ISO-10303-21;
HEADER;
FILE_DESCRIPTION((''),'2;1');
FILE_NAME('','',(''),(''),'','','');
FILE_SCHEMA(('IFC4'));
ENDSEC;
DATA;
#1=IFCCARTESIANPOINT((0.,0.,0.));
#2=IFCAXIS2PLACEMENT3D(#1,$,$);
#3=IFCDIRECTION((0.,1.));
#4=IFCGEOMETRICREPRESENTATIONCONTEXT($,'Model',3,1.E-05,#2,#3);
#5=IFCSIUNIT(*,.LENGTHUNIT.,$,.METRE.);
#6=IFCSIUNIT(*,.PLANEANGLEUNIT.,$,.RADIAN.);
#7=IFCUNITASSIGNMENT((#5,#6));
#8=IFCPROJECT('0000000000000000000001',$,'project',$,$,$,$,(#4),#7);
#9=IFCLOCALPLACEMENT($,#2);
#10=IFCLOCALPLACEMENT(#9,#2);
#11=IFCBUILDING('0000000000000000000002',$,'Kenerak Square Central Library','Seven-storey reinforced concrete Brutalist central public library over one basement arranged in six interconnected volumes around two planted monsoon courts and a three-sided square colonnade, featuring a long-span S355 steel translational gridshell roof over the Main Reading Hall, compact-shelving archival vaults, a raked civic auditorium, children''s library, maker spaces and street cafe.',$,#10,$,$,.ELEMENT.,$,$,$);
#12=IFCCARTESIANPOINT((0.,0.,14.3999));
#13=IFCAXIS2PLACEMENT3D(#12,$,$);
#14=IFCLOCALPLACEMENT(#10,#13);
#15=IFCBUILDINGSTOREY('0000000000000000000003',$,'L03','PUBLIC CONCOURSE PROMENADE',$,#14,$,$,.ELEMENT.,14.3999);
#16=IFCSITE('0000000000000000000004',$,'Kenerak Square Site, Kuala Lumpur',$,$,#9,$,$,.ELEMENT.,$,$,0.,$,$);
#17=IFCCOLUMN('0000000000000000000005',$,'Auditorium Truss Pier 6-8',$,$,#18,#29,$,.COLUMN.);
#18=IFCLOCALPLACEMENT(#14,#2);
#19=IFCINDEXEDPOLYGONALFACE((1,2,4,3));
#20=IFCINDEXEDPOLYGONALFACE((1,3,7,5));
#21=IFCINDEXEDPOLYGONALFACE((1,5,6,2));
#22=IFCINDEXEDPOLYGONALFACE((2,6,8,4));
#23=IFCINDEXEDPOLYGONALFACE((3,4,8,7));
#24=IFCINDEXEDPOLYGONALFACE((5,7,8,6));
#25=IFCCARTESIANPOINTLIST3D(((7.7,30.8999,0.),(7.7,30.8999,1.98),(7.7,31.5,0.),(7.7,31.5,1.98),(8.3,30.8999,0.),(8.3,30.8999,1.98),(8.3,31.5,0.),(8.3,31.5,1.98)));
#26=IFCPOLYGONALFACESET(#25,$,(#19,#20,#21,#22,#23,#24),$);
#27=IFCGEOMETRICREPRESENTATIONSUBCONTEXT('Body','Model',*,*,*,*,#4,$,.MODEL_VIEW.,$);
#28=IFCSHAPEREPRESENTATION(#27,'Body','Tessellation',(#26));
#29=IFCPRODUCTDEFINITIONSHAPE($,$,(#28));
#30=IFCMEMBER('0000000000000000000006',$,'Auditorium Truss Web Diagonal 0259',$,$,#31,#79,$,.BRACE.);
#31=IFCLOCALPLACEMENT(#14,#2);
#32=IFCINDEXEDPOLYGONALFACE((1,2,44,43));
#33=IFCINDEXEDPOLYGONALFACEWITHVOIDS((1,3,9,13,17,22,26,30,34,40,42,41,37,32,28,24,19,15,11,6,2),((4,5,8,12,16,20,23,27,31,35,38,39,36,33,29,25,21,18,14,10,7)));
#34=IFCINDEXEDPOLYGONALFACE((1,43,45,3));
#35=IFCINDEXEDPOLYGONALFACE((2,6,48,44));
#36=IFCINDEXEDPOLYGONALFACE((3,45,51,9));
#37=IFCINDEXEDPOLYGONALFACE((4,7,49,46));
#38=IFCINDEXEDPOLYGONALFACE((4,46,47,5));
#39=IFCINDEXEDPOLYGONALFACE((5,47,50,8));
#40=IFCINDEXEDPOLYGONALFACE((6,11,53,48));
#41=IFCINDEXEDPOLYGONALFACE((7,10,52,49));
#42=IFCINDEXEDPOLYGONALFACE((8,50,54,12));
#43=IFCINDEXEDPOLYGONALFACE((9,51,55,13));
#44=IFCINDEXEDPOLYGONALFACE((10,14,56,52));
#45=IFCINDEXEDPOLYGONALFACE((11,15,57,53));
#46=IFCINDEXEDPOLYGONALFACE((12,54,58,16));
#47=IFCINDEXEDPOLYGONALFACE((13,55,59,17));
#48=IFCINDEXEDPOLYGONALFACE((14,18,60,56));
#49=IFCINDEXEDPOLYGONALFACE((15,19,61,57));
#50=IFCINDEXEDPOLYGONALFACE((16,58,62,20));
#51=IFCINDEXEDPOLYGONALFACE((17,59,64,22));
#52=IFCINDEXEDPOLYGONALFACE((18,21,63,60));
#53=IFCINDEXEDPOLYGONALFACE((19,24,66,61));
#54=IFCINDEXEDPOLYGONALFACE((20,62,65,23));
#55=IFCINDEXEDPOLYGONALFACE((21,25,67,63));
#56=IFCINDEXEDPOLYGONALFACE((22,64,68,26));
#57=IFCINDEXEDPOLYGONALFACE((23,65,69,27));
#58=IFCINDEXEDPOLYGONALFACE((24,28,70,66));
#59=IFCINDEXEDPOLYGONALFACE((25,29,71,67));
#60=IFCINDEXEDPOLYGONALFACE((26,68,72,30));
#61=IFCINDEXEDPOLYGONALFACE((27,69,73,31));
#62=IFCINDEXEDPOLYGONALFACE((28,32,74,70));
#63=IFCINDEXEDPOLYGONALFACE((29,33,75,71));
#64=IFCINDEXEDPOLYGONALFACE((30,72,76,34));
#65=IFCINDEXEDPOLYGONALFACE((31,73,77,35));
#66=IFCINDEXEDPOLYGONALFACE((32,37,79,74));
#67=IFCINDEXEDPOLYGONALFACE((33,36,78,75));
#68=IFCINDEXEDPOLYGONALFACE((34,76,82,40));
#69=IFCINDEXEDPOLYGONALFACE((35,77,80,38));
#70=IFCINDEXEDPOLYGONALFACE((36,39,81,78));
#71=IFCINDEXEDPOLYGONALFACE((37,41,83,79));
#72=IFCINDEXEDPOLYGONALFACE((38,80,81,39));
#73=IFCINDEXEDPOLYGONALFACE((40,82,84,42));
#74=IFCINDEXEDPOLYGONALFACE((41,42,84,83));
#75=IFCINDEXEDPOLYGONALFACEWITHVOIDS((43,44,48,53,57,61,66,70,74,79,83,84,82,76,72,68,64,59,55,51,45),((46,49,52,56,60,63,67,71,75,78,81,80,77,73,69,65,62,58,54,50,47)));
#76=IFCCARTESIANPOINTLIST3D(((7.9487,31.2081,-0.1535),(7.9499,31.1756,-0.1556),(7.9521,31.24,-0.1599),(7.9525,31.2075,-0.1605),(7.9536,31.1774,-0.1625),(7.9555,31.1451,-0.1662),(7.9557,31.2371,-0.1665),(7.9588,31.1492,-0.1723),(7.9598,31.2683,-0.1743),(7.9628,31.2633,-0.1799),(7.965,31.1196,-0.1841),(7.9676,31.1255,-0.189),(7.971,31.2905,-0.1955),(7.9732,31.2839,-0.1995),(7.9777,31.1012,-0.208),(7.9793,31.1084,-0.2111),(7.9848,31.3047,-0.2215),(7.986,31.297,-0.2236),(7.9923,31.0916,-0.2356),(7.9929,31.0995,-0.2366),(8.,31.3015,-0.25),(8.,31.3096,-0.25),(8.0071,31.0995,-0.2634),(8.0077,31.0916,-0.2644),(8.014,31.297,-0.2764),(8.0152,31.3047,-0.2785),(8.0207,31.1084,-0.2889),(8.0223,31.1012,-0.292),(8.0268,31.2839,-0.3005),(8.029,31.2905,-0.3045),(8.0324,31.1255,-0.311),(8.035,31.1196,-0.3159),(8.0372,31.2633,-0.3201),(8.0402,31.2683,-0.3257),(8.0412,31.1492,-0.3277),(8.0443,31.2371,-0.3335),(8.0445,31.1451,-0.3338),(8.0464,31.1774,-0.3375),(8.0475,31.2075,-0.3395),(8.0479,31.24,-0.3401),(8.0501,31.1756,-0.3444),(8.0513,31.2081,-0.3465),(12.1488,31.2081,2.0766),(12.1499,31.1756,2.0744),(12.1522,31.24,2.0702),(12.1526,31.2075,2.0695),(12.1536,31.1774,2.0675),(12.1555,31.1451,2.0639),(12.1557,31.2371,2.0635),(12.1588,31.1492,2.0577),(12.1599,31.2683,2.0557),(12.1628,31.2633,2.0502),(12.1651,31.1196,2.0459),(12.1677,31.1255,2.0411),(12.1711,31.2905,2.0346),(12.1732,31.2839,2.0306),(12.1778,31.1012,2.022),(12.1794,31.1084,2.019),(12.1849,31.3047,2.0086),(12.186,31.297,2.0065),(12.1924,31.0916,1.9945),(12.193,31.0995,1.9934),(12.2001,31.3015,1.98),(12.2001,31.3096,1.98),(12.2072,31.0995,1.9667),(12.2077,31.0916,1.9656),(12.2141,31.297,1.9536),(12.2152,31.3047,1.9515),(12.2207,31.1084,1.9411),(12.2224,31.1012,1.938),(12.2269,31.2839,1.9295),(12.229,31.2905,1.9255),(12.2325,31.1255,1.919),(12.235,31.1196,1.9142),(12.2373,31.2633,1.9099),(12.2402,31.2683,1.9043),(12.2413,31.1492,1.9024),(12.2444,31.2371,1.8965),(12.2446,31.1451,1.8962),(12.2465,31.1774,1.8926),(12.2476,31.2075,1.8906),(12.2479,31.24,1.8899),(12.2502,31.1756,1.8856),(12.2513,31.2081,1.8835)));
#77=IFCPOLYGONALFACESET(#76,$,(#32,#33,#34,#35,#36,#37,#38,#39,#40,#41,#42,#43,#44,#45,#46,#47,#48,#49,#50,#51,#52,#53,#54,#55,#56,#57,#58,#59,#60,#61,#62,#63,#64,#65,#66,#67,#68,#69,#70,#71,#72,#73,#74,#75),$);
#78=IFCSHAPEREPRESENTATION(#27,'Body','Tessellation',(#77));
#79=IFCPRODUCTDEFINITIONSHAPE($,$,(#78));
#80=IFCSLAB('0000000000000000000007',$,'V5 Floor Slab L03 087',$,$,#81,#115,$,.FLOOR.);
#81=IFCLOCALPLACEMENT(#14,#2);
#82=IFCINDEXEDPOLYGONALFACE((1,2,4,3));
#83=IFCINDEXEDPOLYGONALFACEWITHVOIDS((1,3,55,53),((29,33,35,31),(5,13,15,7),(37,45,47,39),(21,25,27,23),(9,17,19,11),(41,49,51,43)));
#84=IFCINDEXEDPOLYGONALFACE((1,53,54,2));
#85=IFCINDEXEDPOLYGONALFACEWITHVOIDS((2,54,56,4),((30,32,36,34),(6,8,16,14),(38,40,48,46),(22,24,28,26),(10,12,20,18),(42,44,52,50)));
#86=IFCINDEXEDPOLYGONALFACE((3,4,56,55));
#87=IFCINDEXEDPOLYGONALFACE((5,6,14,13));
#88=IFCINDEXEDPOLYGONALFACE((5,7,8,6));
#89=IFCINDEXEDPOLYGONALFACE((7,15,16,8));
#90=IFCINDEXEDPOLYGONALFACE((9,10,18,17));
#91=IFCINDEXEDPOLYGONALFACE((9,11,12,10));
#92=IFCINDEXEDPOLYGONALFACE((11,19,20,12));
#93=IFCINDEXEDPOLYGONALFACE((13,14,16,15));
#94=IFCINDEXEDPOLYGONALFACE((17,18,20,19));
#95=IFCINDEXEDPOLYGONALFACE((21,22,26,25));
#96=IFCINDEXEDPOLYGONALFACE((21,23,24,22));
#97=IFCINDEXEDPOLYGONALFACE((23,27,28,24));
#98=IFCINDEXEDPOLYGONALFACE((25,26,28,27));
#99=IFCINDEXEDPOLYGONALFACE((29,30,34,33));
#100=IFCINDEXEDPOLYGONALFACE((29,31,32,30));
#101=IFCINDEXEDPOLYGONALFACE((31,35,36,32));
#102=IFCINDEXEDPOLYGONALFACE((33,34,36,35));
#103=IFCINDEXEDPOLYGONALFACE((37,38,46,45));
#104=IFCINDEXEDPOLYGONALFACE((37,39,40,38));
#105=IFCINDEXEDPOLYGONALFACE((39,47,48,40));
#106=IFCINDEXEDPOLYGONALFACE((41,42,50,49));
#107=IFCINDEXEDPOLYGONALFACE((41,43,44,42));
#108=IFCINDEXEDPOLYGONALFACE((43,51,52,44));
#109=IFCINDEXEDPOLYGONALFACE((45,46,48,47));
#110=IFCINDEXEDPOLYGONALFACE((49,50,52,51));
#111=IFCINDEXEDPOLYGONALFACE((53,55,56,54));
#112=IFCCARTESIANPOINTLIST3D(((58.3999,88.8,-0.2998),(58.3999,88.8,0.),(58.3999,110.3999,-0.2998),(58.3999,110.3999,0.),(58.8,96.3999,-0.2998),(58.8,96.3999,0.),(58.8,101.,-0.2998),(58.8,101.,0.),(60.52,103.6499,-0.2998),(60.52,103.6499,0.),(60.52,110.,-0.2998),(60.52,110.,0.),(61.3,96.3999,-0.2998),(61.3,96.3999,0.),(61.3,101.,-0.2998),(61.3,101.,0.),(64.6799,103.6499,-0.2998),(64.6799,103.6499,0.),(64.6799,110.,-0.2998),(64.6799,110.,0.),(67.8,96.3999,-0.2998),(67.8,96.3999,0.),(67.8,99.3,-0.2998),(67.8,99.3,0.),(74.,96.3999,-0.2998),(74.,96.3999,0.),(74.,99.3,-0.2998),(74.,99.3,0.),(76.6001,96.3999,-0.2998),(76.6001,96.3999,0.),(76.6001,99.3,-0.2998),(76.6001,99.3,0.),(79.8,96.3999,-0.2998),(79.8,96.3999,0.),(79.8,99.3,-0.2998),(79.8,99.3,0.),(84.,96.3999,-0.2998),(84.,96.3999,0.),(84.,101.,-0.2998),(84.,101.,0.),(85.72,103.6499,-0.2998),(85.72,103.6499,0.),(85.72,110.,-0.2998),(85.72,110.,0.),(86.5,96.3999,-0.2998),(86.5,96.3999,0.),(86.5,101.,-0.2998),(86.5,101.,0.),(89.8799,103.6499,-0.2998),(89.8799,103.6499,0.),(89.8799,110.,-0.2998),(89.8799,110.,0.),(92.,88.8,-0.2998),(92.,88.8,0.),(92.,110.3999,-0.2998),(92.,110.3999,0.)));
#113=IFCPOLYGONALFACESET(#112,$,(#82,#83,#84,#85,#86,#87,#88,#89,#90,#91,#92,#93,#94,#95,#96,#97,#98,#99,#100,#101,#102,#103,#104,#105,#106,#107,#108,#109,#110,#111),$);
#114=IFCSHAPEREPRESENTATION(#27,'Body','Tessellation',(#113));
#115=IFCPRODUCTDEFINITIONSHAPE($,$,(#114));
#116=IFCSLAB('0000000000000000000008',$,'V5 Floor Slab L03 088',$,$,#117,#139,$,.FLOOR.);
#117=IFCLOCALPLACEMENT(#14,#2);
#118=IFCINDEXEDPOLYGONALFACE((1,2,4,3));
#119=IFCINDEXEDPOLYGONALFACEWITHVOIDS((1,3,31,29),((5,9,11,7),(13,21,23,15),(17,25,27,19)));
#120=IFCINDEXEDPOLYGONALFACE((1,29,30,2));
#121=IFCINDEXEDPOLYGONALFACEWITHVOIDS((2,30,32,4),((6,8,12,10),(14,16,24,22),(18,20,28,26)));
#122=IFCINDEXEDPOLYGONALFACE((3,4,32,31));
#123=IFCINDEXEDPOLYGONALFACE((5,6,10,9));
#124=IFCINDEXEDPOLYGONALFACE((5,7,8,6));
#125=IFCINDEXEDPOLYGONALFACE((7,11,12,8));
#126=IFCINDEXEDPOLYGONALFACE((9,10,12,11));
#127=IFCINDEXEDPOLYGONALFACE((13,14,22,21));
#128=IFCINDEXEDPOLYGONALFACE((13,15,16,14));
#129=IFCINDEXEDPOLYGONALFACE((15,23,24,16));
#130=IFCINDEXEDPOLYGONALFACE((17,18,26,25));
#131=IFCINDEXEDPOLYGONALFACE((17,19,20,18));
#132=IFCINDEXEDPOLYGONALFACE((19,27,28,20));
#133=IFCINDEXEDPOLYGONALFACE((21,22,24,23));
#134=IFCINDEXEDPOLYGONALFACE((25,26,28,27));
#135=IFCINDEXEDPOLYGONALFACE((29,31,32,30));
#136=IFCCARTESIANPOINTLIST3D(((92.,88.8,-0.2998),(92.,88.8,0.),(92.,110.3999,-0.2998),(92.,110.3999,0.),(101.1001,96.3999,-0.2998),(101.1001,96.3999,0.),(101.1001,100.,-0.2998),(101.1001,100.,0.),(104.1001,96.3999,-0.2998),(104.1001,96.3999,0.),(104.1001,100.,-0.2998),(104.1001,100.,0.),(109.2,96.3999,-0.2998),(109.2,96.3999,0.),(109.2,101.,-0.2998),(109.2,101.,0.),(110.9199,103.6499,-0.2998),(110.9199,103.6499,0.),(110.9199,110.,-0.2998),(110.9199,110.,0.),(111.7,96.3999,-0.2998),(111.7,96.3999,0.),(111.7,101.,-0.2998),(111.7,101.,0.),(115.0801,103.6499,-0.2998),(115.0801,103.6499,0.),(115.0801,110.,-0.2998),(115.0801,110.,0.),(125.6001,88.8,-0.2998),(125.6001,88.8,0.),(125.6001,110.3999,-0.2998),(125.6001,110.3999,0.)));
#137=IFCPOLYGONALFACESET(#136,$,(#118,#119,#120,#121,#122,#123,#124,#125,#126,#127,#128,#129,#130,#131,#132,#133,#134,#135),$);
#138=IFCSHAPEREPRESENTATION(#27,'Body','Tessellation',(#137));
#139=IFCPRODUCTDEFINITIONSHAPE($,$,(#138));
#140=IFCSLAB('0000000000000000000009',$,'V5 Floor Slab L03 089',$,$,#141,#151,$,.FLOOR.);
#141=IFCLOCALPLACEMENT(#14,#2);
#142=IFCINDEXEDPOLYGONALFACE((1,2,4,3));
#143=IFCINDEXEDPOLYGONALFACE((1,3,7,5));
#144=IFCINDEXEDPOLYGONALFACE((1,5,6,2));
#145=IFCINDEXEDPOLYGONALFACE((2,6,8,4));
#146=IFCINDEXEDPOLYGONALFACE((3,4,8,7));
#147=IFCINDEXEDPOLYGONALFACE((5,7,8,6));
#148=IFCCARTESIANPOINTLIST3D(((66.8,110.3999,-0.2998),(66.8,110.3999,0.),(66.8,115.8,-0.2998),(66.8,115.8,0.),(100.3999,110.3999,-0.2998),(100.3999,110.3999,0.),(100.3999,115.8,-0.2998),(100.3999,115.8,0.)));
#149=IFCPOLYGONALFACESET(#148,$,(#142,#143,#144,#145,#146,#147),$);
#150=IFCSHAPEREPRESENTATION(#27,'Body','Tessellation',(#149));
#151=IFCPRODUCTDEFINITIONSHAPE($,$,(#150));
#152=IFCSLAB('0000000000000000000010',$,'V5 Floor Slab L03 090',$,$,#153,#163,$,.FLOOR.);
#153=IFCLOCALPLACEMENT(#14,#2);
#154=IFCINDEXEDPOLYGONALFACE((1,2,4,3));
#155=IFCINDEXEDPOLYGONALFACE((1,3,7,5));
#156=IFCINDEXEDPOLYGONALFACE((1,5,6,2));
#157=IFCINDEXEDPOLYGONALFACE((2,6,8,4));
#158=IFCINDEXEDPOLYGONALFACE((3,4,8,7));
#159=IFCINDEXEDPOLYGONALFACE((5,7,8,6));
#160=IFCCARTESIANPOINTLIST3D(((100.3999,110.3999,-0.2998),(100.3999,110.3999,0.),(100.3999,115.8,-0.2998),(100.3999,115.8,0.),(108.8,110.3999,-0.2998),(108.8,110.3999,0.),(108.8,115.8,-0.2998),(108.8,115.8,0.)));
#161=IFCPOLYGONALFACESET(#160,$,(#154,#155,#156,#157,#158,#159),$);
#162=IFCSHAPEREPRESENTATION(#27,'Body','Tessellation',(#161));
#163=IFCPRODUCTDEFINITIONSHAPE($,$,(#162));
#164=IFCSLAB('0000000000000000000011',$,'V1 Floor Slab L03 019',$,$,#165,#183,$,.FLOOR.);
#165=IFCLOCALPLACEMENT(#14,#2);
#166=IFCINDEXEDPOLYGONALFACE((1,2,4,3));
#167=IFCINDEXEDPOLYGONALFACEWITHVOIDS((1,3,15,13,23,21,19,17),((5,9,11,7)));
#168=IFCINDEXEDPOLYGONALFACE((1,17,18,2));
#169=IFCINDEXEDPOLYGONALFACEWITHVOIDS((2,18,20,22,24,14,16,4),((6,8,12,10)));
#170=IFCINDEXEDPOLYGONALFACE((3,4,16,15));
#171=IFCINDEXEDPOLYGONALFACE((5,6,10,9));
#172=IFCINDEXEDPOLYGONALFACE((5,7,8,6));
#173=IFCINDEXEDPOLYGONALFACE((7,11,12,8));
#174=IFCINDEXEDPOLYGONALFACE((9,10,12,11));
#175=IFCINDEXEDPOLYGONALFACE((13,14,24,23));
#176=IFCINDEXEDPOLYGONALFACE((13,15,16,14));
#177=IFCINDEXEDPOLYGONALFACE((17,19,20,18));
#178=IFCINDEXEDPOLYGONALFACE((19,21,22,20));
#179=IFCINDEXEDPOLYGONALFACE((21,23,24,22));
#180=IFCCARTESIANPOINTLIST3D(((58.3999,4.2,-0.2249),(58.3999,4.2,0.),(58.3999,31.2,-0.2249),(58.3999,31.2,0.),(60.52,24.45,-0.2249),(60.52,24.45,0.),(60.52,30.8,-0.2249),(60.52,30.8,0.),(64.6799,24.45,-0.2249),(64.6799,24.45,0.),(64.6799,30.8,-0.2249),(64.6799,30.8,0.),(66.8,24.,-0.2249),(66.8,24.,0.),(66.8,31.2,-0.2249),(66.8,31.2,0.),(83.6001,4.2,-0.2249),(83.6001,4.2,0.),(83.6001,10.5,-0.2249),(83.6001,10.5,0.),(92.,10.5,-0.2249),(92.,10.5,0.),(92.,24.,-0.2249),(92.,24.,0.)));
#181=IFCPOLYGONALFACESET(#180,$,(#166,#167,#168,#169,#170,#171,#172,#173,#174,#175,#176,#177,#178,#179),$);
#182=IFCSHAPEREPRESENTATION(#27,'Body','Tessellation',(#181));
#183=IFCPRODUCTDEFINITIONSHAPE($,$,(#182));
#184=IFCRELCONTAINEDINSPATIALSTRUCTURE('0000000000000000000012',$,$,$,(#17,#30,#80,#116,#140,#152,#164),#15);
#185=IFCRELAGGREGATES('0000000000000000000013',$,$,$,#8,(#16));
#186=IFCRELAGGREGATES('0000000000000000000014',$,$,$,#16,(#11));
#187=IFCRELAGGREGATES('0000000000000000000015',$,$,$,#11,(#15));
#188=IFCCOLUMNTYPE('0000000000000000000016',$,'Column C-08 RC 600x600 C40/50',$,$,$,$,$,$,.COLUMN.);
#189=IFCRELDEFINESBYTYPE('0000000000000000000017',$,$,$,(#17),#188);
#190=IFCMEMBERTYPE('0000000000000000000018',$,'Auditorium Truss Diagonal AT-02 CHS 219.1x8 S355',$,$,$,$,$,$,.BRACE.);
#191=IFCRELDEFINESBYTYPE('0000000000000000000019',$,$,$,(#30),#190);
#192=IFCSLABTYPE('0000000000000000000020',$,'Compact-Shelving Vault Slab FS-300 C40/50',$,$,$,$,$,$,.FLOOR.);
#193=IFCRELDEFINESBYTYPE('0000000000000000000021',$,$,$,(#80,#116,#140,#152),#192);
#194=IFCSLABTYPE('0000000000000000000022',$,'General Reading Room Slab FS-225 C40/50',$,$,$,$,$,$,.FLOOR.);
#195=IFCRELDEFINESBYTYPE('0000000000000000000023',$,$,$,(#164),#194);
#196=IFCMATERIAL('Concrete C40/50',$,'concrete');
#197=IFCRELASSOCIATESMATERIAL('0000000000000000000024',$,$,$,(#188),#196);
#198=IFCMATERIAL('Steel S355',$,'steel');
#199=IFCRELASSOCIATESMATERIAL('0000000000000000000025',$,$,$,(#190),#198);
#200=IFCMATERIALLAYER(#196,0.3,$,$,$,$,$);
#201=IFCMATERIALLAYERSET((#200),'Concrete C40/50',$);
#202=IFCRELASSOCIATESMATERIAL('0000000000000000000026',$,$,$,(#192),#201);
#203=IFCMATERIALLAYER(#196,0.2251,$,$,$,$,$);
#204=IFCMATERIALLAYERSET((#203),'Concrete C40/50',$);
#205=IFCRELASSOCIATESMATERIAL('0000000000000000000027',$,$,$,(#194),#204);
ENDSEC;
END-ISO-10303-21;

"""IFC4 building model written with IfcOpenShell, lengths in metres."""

from ifc_helpers import new_model, si_unit, direction, frame, origin, origin_2d, place, context, subcontext, project, spatial, polyline, rectangle, hollow_circle, outline, extrude, material, layer, layer_set, material_profile, profile_set, type_object, element, save


model = new_model("IFC4")

# Units and contexts
model_context = context("Model", 3, precision=1e-05, world=origin(), true_north=direction((0.0, 1.0)))
body_context = subcontext(model_context, "Body", "Model", "MODEL_VIEW")
ifc_project = project(units=[si_unit("LENGTHUNIT", "METRE"), si_unit("PLANEANGLEUNIT", "RADIAN")], contexts=[model_context])

# Site, building, storey
site_placement = place(None, origin())
site = spatial("IfcSite", under=ifc_project, at=site_placement, Name="Kenerak Square Site, Kuala Lumpur", CompositionType="ELEMENT", RefElevation=0.0)
building_placement = place(site_placement, origin())
building = spatial("IfcBuilding", under=site, at=building_placement, Name="Kenerak Square Central Library", Description="Seven-storey reinforced concrete Brutalist central public library over one basement arranged in six interconnected volumes around two planted monsoon courts and a three-sided square colonnade, featuring a long-span S355 steel translational gridshell roof over the Main Reading Hall, compact-shelving archival vaults, a raked civic auditorium, children's library, maker spaces and street cafe.", CompositionType="ELEMENT")
storey_placement = place(building_placement, frame((0.0, 0.0, 14.3999)))
storey = spatial("IfcBuildingStorey", under=building, at=storey_placement, Name="L03", Description="PUBLIC CONCOURSE PROMENADE", CompositionType="ELEMENT", Elevation=14.3999)

# Column
ifc_material_1 = material(Name="Concrete C40/50", Category="concrete")
ifc_material_profile_1 = material_profile(ifc_material_1, rectangle(XDim=0.6001, YDim=0.6001, at=origin_2d()), Name="RC 600x600")
ifc_profile_set_1 = profile_set([ifc_material_profile_1], Name="Concrete C40/50")
column_type = type_object("IfcColumnType", Name="Column C-08 RC 600x600 C40/50", PredefinedType="COLUMN", material=ifc_profile_set_1)
column_placement = place(storey_placement, frame((8.0, 31.2, 0.0), z_axis=(0.0, 0.0, 1.0), x_axis=(1.0, 0.0, 0.0)))
element("IfcColumn", 1, at=column_placement, inside=storey, type_object=column_type, Name="Auditorium Truss Pier 6-8", PredefinedType="COLUMN", context=body_context, shape_type="SweptSolid", body=[
    extrude(rectangle(XDim=0.6001, YDim=0.6001, at=origin_2d()), origin(), (0.0, 0.0, 1.0), 1.98),
])

# Member
ifc_material_2 = material(Name="Steel S355", Category="steel")
ifc_material_profile_2 = material_profile(ifc_material_2, hollow_circle(Radius=0.1096, WallThickness=0.0081, at=origin_2d()), Name="CHS 219.1x8.0")
ifc_profile_set_2 = profile_set([ifc_material_profile_2], Name="Steel S355")
member_type = type_object("IfcMemberType", Name="Auditorium Truss Diagonal AT-02 CHS 219.1x8 S355", PredefinedType="BRACE", material=ifc_profile_set_2)
member_placement = place(storey_placement, frame((8.0, 31.2, -0.25), z_axis=(0.883224, 0.0, 0.468951), x_axis=(0.0, 1.0, 0.0)))
element("IfcMember", 2, at=member_placement, inside=storey, type_object=member_type, Name="Auditorium Truss Web Diagonal 0259", PredefinedType="BRACE", context=body_context, shape_type="SweptSolid", body=[
    extrude(hollow_circle(Radius=0.1096, WallThickness=0.0081, at=origin_2d()), origin(), (0.0, 0.0, 1.0), 4.7554),
])

# Slabs
ifc_layer_1 = layer(ifc_material_1, 0.3)
ifc_layer_set_1 = layer_set([ifc_layer_1], Name="Concrete C40/50")
slab_type_1 = type_object("IfcSlabType", Name="Compact-Shelving Vault Slab FS-300 C40/50", PredefinedType="FLOOR", material=ifc_layer_set_1)
slab_1_placement = place(storey_placement, frame((0.0, 0.0, -0.2998)))
element("IfcSlab", 3, at=slab_1_placement, inside=storey, type_object=slab_type_1, Name="V5 Floor Slab L03 087", PredefinedType="FLOOR", context=body_context, shape_type="SweptSolid", body=[
    extrude(outline(polyline([(58.3999, 88.8), (58.3999, 110.3999), (92.0, 110.3999), (92.0, 88.8), (58.3999, 88.8)]), holes=[polyline([(64.6799, 103.6499), (64.6799, 110.0), (60.52, 110.0), (60.52, 103.6499), (64.6799, 103.6499)]), polyline([(89.8799, 103.6499), (89.8799, 110.0), (85.72, 110.0), (85.72, 103.6499), (89.8799, 103.6499)]), polyline([(67.8, 96.3999), (74.0, 96.3999), (74.0, 99.3), (67.8, 99.3), (67.8, 96.3999)]), polyline([(76.6001, 96.3999), (79.8, 96.3999), (79.8, 99.3), (76.6001, 99.3), (76.6001, 96.3999)]), polyline([(58.8, 96.3999), (61.3, 96.3999), (61.3, 101.0), (58.8, 101.0), (58.8, 96.3999)]), polyline([(84.0, 96.3999), (86.5, 96.3999), (86.5, 101.0), (84.0, 101.0), (84.0, 96.3999)])]), origin(), (0.0, 0.0, 1.0), 0.2998),
])
slab_2_placement = place(storey_placement, frame((0.0, 0.0, -0.2998)))
element("IfcSlab", 4, at=slab_2_placement, inside=storey, type_object=slab_type_1, Name="V5 Floor Slab L03 088", PredefinedType="FLOOR", context=body_context, shape_type="SweptSolid", body=[
    extrude(outline(polyline([(92.0, 88.8), (92.0, 110.3999), (125.6001, 110.3999), (125.6001, 88.8), (92.0, 88.8)]), holes=[polyline([(115.0801, 103.6499), (115.0801, 110.0), (110.9199, 110.0), (110.9199, 103.6499), (115.0801, 103.6499)]), polyline([(109.2, 96.3999), (111.7, 96.3999), (111.7, 101.0), (109.2, 101.0), (109.2, 96.3999)]), polyline([(101.1001, 96.3999), (104.1001, 96.3999), (104.1001, 100.0), (101.1001, 100.0), (101.1001, 96.3999)])]), origin(), (0.0, 0.0, 1.0), 0.2998),
])
slab_3_placement = place(storey_placement, frame((0.0, 0.0, -0.2998)))
element("IfcSlab", 5, at=slab_3_placement, inside=storey, type_object=slab_type_1, Name="V5 Floor Slab L03 089", PredefinedType="FLOOR", context=body_context, shape_type="SweptSolid", body=[
    extrude(outline(polyline([(66.8, 110.3999), (66.8, 115.8), (100.3999, 115.8), (100.3999, 110.3999), (66.8, 110.3999)])), origin(), (0.0, 0.0, 1.0), 0.2998),
])
slab_4_placement = place(storey_placement, frame((0.0, 0.0, -0.2998)))
element("IfcSlab", 6, at=slab_4_placement, inside=storey, type_object=slab_type_1, Name="V5 Floor Slab L03 090", PredefinedType="FLOOR", context=body_context, shape_type="SweptSolid", body=[
    extrude(outline(polyline([(100.3999, 110.3999), (100.3999, 115.8), (108.8, 115.8), (108.8, 110.3999), (100.3999, 110.3999)])), origin(), (0.0, 0.0, 1.0), 0.2998),
])
ifc_layer_2 = layer(ifc_material_1, 0.2251)
ifc_layer_set_2 = layer_set([ifc_layer_2], Name="Concrete C40/50")
slab_type_2 = type_object("IfcSlabType", Name="General Reading Room Slab FS-225 C40/50", PredefinedType="FLOOR", material=ifc_layer_set_2)
slab_5_placement = place(storey_placement, frame((0.0, 0.0, -0.2249)))
element("IfcSlab", 7, at=slab_5_placement, inside=storey, type_object=slab_type_2, Name="V1 Floor Slab L03 019", PredefinedType="FLOOR", context=body_context, shape_type="SweptSolid", body=[
    extrude(outline(polyline([(58.3999, 4.2), (58.3999, 31.2), (66.8, 31.2), (66.8, 24.0), (92.0, 24.0), (92.0, 10.5), (83.6001, 10.5), (83.6001, 4.2), (58.3999, 4.2)]), holes=[polyline([(64.6799, 24.45), (64.6799, 30.8), (60.52, 30.8), (60.52, 24.45), (64.6799, 24.45)])]), origin(), (0.0, 0.0, 1.0), 0.2249),
])

save(model, "model.ifc")
